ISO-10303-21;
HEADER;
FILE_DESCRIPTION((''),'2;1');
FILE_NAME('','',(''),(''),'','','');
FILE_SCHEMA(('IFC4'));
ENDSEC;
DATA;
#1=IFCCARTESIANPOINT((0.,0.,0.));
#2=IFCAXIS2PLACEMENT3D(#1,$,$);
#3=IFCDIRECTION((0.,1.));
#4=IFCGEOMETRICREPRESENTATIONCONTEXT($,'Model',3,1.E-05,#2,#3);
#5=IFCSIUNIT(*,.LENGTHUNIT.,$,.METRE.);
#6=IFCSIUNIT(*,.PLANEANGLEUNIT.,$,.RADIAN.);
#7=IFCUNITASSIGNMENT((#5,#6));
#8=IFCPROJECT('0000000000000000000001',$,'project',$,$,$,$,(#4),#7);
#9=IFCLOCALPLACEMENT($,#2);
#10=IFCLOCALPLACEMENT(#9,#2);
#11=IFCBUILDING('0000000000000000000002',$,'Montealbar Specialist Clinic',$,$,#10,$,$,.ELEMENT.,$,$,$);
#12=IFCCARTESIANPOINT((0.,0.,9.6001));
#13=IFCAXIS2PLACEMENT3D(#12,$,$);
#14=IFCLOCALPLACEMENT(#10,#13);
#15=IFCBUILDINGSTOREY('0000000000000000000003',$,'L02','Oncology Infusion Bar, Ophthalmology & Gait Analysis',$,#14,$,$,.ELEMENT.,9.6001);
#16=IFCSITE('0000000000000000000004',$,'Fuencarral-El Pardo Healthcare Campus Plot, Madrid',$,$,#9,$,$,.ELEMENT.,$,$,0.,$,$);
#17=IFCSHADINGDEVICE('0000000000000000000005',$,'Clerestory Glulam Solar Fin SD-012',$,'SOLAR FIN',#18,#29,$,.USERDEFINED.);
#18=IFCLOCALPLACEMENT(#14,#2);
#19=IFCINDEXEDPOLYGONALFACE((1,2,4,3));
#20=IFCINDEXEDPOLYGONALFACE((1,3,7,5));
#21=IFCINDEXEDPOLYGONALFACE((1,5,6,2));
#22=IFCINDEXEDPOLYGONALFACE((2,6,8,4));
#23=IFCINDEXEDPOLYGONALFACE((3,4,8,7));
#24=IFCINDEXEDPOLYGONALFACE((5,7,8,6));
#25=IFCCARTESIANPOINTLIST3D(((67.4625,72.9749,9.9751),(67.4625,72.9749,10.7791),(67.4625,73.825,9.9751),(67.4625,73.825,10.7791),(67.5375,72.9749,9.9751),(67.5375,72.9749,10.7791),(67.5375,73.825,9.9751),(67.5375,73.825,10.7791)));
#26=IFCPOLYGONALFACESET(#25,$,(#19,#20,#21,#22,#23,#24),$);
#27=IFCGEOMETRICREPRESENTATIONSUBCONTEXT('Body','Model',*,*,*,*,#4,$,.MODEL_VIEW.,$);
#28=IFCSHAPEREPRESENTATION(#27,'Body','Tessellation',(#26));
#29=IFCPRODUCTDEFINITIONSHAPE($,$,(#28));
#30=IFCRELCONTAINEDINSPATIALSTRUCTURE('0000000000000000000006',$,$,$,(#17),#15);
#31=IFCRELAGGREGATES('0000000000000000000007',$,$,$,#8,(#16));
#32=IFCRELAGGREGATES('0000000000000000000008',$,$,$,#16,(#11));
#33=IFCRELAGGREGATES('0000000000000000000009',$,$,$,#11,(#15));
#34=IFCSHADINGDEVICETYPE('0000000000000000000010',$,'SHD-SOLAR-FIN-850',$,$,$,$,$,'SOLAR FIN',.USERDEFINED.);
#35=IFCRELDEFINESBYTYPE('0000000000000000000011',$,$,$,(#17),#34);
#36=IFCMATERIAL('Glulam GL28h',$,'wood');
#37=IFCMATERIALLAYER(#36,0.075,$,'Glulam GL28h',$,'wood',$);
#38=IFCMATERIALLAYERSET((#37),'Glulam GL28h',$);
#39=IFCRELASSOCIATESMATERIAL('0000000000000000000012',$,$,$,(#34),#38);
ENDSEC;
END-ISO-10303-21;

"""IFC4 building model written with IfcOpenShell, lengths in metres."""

from ifc_helpers import new_model, si_unit, direction, frame, origin, origin_2d, place, context, subcontext, project, spatial, rectangle, extrude, material, layer, layer_set, type_object, element, save


model = new_model("IFC4")

# Units and contexts
model_context = context("Model", 3, precision=1e-05, world=origin(), true_north=direction((0.0, 1.0)))
body_context = subcontext(model_context, "Body", "Model", "MODEL_VIEW")
ifc_project = project(units=[si_unit("LENGTHUNIT", "METRE"), si_unit("PLANEANGLEUNIT", "RADIAN")], contexts=[model_context])

# Site, building, storey
site_placement = place(None, origin())
site = spatial("IfcSite", under=ifc_project, at=site_placement, Name="Fuencarral-El Pardo Healthcare Campus Plot, Madrid", CompositionType="ELEMENT", RefElevation=0.0)
building_placement = place(site_placement, origin())
building = spatial("IfcBuilding", under=site, at=building_placement, Name="Montealbar Specialist Clinic", CompositionType="ELEMENT")
storey_placement = place(building_placement, frame((0.0, 0.0, 9.6001)))
storey = spatial("IfcBuildingStorey", under=building, at=storey_placement, Name="L02", Description="Oncology Infusion Bar, Ophthalmology & Gait Analysis", CompositionType="ELEMENT", Elevation=9.6001)

# Shared definitions
ifc_material_1 = material(Name="Glulam GL28h", Category="wood")

# Shading device
ifc_layer_1 = layer(ifc_material_1, 0.075, Name="Glulam GL28h", Category="wood")
ifc_layer_set_1 = layer_set([ifc_layer_1], Name="Glulam GL28h")
shading_device_type = type_object("IfcShadingDeviceType", Name="SHD-SOLAR-FIN-850", ElementType="SOLAR FIN", PredefinedType="USERDEFINED", material=ifc_layer_set_1)
shading_device_placement = place(storey_placement, frame((67.5, 73.3999, 9.9751), z_axis=(0.0, 0.0, 1.0), x_axis=(0.0, -1.0, 0.0)))
element("IfcShadingDevice", 1, at=shading_device_placement, inside=storey, type_object=shading_device_type, Name="Clerestory Glulam Solar Fin SD-012", ObjectType="SOLAR FIN", PredefinedType="USERDEFINED", context=body_context, shape_type="SweptSolid", body=[
    extrude(rectangle(XDim=0.8501, YDim=0.075, at=origin_2d()), origin(), (0.0, 0.0, 1.0), 0.804),
])

save(model, "model.ifc")
